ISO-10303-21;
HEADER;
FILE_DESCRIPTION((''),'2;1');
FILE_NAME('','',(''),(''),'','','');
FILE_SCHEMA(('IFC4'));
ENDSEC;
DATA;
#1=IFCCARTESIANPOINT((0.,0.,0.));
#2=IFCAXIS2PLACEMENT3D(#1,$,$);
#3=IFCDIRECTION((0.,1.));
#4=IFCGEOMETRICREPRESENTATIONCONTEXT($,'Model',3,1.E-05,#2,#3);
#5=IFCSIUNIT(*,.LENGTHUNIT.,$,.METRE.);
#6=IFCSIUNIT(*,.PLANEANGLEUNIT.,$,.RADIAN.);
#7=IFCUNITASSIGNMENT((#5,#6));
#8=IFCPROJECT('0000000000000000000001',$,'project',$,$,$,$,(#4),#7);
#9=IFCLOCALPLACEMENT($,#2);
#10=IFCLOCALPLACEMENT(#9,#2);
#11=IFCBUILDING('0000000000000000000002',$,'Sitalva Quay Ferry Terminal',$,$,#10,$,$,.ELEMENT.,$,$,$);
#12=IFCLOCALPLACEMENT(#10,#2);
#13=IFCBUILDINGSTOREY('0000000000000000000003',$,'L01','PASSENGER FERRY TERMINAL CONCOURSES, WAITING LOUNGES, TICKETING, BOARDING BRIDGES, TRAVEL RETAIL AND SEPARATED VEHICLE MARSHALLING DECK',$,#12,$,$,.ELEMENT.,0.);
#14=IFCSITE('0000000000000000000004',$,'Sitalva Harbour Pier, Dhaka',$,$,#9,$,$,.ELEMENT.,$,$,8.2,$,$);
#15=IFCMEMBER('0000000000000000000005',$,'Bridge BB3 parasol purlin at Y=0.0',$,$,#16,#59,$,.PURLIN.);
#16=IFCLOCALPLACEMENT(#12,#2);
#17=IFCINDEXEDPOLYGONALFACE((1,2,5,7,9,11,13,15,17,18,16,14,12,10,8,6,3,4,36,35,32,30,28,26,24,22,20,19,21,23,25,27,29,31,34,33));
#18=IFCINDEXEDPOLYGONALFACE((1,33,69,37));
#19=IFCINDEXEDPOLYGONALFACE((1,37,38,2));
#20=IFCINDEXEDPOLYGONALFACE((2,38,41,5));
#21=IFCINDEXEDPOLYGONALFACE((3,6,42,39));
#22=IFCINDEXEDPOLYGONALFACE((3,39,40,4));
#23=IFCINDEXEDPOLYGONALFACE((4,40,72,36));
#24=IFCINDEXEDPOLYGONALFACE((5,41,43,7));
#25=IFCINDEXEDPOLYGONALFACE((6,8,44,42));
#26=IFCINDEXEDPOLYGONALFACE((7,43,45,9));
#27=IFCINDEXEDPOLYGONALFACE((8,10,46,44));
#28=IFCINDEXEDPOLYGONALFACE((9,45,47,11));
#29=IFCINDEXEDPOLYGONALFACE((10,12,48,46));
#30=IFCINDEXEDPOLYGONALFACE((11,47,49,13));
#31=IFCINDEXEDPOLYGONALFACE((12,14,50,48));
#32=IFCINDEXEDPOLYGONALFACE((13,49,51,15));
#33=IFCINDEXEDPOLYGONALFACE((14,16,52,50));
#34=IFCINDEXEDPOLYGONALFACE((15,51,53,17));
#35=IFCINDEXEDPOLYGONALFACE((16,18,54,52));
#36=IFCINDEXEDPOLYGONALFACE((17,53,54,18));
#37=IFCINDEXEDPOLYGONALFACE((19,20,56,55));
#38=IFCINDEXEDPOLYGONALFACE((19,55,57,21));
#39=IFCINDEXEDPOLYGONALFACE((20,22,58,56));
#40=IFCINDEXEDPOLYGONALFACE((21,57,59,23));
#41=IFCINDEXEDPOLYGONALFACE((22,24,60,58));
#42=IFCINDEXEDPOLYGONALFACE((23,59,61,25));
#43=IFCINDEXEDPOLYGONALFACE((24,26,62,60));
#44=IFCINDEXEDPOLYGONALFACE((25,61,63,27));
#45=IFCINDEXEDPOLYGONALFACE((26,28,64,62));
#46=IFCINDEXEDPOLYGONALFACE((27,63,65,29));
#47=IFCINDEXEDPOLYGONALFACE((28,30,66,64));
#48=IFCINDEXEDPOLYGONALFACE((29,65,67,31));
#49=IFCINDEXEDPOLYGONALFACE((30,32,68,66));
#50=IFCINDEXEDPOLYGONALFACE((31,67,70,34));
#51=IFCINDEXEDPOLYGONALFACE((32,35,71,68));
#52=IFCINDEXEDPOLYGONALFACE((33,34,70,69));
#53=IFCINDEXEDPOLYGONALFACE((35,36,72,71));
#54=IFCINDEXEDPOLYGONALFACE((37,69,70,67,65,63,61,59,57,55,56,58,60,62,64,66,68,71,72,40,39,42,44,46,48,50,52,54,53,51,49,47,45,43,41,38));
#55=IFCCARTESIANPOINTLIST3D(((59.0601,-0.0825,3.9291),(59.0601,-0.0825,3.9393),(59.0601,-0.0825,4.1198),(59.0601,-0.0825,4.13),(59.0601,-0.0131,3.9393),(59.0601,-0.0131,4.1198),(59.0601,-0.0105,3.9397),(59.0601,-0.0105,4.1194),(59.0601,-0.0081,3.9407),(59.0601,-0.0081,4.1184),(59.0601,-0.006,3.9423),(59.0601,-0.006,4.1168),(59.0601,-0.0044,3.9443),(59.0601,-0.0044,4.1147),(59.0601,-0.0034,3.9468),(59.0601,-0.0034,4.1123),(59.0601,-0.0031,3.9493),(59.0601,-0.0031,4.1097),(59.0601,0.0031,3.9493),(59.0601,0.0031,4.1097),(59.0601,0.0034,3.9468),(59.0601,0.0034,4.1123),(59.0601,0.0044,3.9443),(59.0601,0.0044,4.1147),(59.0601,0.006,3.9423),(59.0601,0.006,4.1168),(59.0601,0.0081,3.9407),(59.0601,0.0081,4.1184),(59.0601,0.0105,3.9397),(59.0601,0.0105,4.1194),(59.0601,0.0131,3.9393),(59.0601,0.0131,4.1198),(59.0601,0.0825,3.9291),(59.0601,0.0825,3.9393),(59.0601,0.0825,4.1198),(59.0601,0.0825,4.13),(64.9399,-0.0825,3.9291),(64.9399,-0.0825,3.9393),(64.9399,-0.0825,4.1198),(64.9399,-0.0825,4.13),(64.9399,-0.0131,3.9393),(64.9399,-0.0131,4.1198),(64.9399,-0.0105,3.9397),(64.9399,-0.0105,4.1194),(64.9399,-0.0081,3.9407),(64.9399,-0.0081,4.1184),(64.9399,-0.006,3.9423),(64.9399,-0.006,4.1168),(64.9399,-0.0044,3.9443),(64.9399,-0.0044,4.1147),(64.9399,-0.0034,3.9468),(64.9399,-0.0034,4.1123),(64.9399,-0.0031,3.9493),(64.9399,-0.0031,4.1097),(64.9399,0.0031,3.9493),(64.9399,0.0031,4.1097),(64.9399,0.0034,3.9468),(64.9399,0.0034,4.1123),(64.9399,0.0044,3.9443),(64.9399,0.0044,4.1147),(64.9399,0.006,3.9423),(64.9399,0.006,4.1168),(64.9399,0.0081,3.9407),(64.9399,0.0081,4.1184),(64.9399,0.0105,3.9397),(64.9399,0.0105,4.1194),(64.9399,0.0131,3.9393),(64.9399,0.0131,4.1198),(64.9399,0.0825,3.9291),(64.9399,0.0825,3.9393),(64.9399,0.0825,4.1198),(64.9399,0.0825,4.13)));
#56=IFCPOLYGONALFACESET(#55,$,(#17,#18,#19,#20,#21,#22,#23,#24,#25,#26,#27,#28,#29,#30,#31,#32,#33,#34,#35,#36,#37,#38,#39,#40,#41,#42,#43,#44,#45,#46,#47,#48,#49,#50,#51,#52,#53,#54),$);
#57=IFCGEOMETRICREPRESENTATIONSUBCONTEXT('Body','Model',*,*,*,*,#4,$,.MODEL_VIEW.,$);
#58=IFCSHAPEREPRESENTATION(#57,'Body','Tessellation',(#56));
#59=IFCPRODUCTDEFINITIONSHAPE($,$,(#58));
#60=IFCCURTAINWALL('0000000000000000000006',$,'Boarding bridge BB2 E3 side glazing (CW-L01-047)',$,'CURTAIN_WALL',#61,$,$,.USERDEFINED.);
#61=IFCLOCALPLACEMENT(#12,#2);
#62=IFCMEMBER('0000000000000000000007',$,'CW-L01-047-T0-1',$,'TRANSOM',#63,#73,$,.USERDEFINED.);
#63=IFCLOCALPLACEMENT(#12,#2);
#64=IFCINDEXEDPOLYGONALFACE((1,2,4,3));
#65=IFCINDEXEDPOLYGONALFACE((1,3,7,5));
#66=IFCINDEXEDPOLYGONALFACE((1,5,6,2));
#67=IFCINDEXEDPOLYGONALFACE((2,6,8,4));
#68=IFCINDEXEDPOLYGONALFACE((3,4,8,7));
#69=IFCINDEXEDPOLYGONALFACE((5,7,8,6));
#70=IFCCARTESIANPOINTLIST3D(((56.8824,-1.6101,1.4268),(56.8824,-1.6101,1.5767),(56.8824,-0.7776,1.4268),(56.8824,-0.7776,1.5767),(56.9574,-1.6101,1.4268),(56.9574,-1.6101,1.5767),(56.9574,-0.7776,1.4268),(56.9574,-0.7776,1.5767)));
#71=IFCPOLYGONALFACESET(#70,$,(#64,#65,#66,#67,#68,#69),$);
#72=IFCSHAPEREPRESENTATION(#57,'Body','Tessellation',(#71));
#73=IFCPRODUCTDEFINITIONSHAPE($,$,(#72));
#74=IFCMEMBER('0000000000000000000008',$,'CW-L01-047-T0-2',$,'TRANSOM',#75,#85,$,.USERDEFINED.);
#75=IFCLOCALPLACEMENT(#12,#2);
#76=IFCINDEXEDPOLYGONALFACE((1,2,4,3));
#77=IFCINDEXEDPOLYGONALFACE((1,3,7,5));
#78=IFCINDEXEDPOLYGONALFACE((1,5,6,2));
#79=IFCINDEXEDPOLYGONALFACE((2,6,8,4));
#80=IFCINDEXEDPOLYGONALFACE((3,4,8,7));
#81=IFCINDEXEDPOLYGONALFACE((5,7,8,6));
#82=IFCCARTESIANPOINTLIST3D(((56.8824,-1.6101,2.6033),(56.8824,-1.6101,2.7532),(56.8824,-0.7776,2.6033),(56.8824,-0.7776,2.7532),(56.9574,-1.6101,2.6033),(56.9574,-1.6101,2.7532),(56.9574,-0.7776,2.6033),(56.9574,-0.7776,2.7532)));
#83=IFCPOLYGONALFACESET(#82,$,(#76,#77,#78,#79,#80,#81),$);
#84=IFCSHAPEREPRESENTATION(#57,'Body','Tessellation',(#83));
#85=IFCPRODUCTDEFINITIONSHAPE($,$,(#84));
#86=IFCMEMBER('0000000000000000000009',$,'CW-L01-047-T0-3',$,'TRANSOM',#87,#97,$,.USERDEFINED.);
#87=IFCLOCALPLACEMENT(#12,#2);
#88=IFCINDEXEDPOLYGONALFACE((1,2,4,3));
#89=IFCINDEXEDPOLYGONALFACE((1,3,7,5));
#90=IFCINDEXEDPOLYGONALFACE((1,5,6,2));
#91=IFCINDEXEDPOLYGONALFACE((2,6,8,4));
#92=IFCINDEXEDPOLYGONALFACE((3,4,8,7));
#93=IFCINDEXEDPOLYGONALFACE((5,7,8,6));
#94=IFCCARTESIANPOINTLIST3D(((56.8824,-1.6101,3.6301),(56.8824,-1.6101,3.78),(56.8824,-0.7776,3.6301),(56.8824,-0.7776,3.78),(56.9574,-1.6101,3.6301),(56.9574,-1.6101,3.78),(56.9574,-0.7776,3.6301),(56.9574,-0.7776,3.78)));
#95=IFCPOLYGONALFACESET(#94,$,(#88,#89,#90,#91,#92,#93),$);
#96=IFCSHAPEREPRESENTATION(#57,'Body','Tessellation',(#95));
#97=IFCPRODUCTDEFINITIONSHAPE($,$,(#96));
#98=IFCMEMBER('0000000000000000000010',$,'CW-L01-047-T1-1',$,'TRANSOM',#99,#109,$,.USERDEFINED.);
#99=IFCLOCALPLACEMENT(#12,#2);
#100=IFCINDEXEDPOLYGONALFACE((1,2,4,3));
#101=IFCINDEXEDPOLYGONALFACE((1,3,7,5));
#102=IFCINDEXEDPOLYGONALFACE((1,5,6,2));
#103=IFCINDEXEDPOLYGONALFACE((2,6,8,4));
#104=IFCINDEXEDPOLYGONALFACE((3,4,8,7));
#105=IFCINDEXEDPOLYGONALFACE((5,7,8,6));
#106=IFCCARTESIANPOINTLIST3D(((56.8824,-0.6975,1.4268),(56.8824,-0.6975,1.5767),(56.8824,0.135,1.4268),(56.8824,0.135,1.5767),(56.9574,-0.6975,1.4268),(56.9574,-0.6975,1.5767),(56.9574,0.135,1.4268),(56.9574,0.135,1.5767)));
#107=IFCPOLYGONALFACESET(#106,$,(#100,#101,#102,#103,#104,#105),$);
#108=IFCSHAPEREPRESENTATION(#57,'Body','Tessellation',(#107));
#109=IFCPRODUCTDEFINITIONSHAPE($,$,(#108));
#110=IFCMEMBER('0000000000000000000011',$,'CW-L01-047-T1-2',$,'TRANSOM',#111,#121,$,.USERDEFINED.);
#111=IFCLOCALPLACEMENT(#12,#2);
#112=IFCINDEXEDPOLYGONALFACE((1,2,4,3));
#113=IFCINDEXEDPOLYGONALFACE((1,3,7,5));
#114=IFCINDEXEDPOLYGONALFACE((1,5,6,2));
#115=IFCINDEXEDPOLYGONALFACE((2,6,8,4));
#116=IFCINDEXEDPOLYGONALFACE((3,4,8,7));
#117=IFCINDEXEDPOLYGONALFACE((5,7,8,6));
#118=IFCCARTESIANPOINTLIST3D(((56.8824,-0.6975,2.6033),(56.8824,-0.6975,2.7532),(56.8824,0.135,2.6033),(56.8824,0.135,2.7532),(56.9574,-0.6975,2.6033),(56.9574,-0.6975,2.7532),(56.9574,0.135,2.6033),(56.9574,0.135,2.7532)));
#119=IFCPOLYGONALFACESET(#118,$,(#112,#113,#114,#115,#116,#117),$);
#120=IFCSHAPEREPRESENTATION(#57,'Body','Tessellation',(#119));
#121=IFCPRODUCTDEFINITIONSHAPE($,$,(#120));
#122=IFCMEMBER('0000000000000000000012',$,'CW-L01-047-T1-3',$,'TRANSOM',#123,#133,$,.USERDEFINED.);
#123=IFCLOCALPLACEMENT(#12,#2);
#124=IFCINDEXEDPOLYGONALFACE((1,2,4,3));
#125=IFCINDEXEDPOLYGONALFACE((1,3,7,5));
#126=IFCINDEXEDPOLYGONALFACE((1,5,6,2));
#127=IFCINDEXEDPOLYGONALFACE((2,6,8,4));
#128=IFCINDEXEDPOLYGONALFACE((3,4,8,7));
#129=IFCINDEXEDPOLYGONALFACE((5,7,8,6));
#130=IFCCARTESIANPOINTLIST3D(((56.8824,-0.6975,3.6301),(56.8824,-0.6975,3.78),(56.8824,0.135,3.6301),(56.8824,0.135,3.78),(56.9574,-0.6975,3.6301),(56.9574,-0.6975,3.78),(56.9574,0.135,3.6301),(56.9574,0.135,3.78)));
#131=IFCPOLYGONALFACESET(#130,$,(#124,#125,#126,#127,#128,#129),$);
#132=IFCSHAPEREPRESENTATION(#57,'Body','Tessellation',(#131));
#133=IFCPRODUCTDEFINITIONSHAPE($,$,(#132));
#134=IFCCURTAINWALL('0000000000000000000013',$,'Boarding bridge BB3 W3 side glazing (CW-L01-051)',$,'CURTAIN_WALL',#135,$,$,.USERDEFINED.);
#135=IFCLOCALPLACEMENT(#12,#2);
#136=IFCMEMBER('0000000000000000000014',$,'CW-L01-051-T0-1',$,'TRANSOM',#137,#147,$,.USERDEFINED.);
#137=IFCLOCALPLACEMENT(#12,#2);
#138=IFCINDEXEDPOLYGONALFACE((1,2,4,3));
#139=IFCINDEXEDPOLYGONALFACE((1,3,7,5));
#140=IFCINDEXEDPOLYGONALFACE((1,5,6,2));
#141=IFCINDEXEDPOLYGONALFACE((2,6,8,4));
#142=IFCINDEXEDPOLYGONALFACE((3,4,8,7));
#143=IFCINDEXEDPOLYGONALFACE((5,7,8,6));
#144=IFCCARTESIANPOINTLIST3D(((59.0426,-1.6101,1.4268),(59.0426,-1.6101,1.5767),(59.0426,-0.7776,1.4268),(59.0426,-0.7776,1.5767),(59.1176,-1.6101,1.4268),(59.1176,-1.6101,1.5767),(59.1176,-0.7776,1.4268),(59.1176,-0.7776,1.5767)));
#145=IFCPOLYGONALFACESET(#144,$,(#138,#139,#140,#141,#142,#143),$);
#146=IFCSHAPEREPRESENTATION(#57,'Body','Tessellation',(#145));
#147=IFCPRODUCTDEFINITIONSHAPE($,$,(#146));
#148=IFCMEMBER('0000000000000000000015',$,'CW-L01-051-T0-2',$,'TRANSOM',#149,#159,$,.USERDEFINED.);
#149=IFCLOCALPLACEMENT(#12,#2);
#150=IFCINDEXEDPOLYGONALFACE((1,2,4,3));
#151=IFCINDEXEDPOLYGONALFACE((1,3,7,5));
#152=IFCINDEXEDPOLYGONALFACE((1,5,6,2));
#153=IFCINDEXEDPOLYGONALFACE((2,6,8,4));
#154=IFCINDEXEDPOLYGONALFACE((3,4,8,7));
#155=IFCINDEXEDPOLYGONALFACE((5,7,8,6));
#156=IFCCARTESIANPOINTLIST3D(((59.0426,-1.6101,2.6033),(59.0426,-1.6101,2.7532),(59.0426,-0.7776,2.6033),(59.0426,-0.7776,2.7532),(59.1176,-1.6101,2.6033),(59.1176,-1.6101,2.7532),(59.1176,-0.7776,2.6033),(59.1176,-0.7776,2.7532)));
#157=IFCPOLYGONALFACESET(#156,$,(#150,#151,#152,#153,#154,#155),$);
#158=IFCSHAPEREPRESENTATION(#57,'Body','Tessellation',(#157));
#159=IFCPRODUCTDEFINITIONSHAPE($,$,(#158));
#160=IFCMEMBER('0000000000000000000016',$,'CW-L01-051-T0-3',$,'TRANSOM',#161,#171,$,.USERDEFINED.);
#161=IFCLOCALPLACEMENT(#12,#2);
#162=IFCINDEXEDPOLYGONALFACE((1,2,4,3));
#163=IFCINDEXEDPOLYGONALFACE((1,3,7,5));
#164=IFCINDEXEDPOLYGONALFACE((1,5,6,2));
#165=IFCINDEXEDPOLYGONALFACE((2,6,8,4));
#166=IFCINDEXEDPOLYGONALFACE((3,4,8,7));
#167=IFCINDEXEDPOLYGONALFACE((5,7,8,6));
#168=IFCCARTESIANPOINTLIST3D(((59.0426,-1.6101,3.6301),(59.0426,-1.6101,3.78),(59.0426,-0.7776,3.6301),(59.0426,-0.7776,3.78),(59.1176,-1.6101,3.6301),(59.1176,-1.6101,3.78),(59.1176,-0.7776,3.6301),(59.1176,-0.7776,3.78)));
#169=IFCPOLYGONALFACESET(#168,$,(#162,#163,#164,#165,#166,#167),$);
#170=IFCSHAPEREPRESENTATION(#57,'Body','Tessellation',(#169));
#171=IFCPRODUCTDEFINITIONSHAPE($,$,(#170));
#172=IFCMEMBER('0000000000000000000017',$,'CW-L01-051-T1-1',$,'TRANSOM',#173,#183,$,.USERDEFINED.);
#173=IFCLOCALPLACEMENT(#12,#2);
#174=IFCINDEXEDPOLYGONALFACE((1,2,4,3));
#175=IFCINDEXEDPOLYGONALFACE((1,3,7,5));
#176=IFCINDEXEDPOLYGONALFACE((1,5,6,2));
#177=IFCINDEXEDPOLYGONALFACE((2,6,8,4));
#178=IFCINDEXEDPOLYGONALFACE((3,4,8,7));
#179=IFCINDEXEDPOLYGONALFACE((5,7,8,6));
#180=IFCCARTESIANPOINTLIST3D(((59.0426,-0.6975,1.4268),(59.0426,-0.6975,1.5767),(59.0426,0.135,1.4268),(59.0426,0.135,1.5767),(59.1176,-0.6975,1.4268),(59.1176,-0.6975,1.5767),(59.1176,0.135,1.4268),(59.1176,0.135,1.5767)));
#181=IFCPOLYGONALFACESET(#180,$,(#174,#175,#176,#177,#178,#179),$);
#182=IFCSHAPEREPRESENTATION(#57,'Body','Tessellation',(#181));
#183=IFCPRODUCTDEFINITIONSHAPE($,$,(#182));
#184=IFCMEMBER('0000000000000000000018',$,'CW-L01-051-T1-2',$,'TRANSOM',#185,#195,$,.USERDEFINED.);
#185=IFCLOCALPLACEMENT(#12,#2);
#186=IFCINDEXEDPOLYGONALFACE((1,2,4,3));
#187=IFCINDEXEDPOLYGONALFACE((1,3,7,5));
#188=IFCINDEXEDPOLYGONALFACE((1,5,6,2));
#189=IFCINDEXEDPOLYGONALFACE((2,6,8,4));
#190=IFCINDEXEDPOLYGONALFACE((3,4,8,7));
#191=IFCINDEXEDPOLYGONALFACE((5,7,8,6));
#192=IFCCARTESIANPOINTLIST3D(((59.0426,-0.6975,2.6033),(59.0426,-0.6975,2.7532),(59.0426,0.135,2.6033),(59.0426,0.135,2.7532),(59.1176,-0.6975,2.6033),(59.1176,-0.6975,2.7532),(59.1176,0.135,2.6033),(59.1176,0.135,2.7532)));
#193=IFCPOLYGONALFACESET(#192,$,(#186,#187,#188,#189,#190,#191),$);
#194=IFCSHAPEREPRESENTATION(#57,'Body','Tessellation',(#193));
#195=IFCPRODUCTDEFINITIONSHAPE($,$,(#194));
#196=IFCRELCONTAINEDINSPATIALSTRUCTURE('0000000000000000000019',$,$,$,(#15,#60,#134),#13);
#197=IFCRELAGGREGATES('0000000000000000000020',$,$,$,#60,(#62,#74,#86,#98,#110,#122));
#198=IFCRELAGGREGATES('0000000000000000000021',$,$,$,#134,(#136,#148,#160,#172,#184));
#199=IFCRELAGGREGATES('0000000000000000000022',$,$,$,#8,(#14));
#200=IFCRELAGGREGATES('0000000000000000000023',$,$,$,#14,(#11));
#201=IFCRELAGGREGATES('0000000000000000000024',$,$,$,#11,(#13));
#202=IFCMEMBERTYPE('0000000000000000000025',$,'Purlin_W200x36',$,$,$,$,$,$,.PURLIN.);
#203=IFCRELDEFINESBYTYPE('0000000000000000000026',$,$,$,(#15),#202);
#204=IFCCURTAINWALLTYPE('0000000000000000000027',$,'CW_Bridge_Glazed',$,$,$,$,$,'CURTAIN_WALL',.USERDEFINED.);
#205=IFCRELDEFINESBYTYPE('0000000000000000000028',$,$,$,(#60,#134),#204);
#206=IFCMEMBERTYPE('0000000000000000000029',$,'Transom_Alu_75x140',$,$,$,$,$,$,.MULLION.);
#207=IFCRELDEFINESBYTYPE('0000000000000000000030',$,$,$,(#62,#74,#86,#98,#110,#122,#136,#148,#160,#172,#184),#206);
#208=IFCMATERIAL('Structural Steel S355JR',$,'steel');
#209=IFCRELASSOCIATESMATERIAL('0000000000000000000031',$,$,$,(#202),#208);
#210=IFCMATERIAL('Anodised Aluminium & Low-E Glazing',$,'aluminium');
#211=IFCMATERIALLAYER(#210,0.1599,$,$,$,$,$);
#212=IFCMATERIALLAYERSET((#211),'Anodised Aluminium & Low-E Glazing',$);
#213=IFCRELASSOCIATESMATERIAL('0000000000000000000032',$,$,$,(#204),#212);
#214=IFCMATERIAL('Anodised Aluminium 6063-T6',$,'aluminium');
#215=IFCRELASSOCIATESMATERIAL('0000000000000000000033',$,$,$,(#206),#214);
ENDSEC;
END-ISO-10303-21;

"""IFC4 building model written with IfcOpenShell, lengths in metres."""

from ifc_helpers import new_model, si_unit, direction, frame, origin, origin_2d, place, context, subcontext, project, spatial, rectangle, i_section, extrude, material, layer, layer_set, material_profile, profile_set, type_object, element, aggregate, save


model = new_model("IFC4")

# Units and contexts
model_context = context("Model", 3, precision=1e-05, world=origin(), true_north=direction((0.0, 1.0)))
body_context = subcontext(model_context, "Body", "Model", "MODEL_VIEW")
ifc_project = project(units=[si_unit("LENGTHUNIT", "METRE"), si_unit("PLANEANGLEUNIT", "RADIAN")], contexts=[model_context])

# Site, building, storey
site_placement = place(None, origin())
site = spatial("IfcSite", under=ifc_project, at=site_placement, Name="Sitalva Harbour Pier, Dhaka", CompositionType="ELEMENT", RefElevation=8.2)
building_placement = place(site_placement, origin())
building = spatial("IfcBuilding", under=site, at=building_placement, Name="Sitalva Quay Ferry Terminal", CompositionType="ELEMENT")
storey_placement = place(building_placement, origin())
storey = spatial("IfcBuildingStorey", under=building, at=storey_placement, Name="L01", Description="PASSENGER FERRY TERMINAL CONCOURSES, WAITING LOUNGES, TICKETING, BOARDING BRIDGES, TRAVEL RETAIL AND SEPARATED VEHICLE MARSHALLING DECK", CompositionType="ELEMENT", Elevation=0.0)

# Member
ifc_material_1 = material(Name="Structural Steel S355JR", Category="steel")
ifc_material_profile_1 = material_profile(ifc_material_1, i_section(OverallWidth=0.165, OverallDepth=0.2009, WebThickness=0.0061, FlangeThickness=0.0103, FilletRadius=0.01, at=origin_2d()), Name="W200x36")
ifc_profile_set_1 = profile_set([ifc_material_profile_1], Name="Structural Steel S355JR")
member_type_1 = type_object("IfcMemberType", Name="Purlin_W200x36", PredefinedType="PURLIN", material=ifc_profile_set_1)
member_1_placement = place(storey_placement, frame((59.0601, 0.0, 4.0295), z_axis=(1.0, 0.0, 0.0), x_axis=(0.0, 1.0, 0.0)))
element("IfcMember", 1, at=member_1_placement, inside=storey, type_object=member_type_1, Name="Bridge BB3 parasol purlin at Y=0.0", PredefinedType="PURLIN", context=body_context, shape_type="SweptSolid", body=[
    extrude(i_section(OverallWidth=0.165, OverallDepth=0.2009, WebThickness=0.0061, FlangeThickness=0.0103, FilletRadius=0.01, at=origin_2d()), origin(), (0.0, 0.0, 1.0), 5.8799),
])

# Curtain walls, members
ifc_material_2 = material(Name="Anodised Aluminium & Low-E Glazing", Category="aluminium")
ifc_layer_1 = layer(ifc_material_2, 0.1599)
ifc_layer_set_1 = layer_set([ifc_layer_1], Name="Anodised Aluminium & Low-E Glazing")
curtain_wall_type = type_object("IfcCurtainWallType", Name="CW_Bridge_Glazed", ElementType="CURTAIN_WALL", PredefinedType="USERDEFINED", material=ifc_layer_set_1)
curtain_wall_1_placement = place(storey_placement, origin())
curtain_wall_1 = element("IfcCurtainWall", 2, at=curtain_wall_1_placement, inside=storey, type_object=curtain_wall_type, Name="Boarding bridge BB2 E3 side glazing (CW-L01-047)", ObjectType="CURTAIN_WALL", PredefinedType="USERDEFINED")
ifc_material_3 = material(Name="Anodised Aluminium 6063-T6", Category="aluminium")
ifc_material_profile_2 = material_profile(ifc_material_3, rectangle(XDim=0.075, YDim=0.1499, at=origin_2d()), Name="ALU75x150")
ifc_profile_set_2 = profile_set([ifc_material_profile_2], Name="Anodised Aluminium 6063-T6")
member_type_2 = type_object("IfcMemberType", Name="Transom_Alu_75x140", PredefinedType="MULLION", material=ifc_profile_set_2)
member_2_placement = place(storey_placement, frame((56.9199, -1.6101, 1.5017), z_axis=(0.0, 1.0, 0.0), x_axis=(-1.0, 0.0, 0.0)))
member_2 = element("IfcMember", 3, at=member_2_placement, type_object=member_type_2, Name="CW-L01-047-T0-1", ObjectType="TRANSOM", PredefinedType="USERDEFINED", context=body_context, shape_type="SweptSolid", body=[
    extrude(rectangle(XDim=0.075, YDim=0.1499, at=origin_2d()), origin(), (0.0, 0.0, 1.0), 0.8325),
])
member_3_placement = place(storey_placement, frame((56.9199, -1.6101, 2.6782), z_axis=(0.0, 1.0, 0.0), x_axis=(-1.0, 0.0, 0.0)))
member_3 = element("IfcMember", 4, at=member_3_placement, type_object=member_type_2, Name="CW-L01-047-T0-2", ObjectType="TRANSOM", PredefinedType="USERDEFINED", context=body_context, shape_type="SweptSolid", body=[
    extrude(rectangle(XDim=0.075, YDim=0.1499, at=origin_2d()), origin(), (0.0, 0.0, 1.0), 0.8325),
])
member_4_placement = place(storey_placement, frame((56.9199, -1.6101, 3.7051), z_axis=(0.0, 1.0, 0.0), x_axis=(-1.0, 0.0, 0.0)))
member_4 = element("IfcMember", 5, at=member_4_placement, type_object=member_type_2, Name="CW-L01-047-T0-3", ObjectType="TRANSOM", PredefinedType="USERDEFINED", context=body_context, shape_type="SweptSolid", body=[
    extrude(rectangle(XDim=0.075, YDim=0.1499, at=origin_2d()), origin(), (0.0, 0.0, 1.0), 0.8325),
])
member_5_placement = place(storey_placement, frame((56.9199, -0.6975, 1.5017), z_axis=(0.0, 1.0, 0.0), x_axis=(-1.0, 0.0, 0.0)))
member_5 = element("IfcMember", 6, at=member_5_placement, type_object=member_type_2, Name="CW-L01-047-T1-1", ObjectType="TRANSOM", PredefinedType="USERDEFINED", context=body_context, shape_type="SweptSolid", body=[
    extrude(rectangle(XDim=0.075, YDim=0.1499, at=origin_2d()), origin(), (0.0, 0.0, 1.0), 0.8325),
])
member_6_placement = place(storey_placement, frame((56.9199, -0.6975, 2.6782), z_axis=(0.0, 1.0, 0.0), x_axis=(-1.0, 0.0, 0.0)))
member_6 = element("IfcMember", 7, at=member_6_placement, type_object=member_type_2, Name="CW-L01-047-T1-2", ObjectType="TRANSOM", PredefinedType="USERDEFINED", context=body_context, shape_type="SweptSolid", body=[
    extrude(rectangle(XDim=0.075, YDim=0.1499, at=origin_2d()), origin(), (0.0, 0.0, 1.0), 0.8325),
])
member_7_placement = place(storey_placement, frame((56.9199, -0.6975, 3.7051), z_axis=(0.0, 1.0, 0.0), x_axis=(-1.0, 0.0, 0.0)))
member_7 = element("IfcMember", 8, at=member_7_placement, type_object=member_type_2, Name="CW-L01-047-T1-3", ObjectType="TRANSOM", PredefinedType="USERDEFINED", context=body_context, shape_type="SweptSolid", body=[
    extrude(rectangle(XDim=0.075, YDim=0.1499, at=origin_2d()), origin(), (0.0, 0.0, 1.0), 0.8325),
])
curtain_wall_2_placement = place(storey_placement, origin())
curtain_wall_2 = element("IfcCurtainWall", 9, at=curtain_wall_2_placement, inside=storey, type_object=curtain_wall_type, Name="Boarding bridge BB3 W3 side glazing (CW-L01-051)", ObjectType="CURTAIN_WALL", PredefinedType="USERDEFINED")
member_8_placement = place(storey_placement, frame((59.0801, -1.6101, 1.5017), z_axis=(0.0, 1.0, 0.0), x_axis=(-1.0, 0.0, 0.0)))
member_8 = element("IfcMember", 10, at=member_8_placement, type_object=member_type_2, Name="CW-L01-051-T0-1", ObjectType="TRANSOM", PredefinedType="USERDEFINED", context=body_context, shape_type="SweptSolid", body=[
    extrude(rectangle(XDim=0.075, YDim=0.1499, at=origin_2d()), origin(), (0.0, 0.0, 1.0), 0.8325),
])
member_9_placement = place(storey_placement, frame((59.0801, -1.6101, 2.6782), z_axis=(0.0, 1.0, 0.0), x_axis=(-1.0, 0.0, 0.0)))
member_9 = element("IfcMember", 11, at=member_9_placement, type_object=member_type_2, Name="CW-L01-051-T0-2", ObjectType="TRANSOM", PredefinedType="USERDEFINED", context=body_context, shape_type="SweptSolid", body=[
    extrude(rectangle(XDim=0.075, YDim=0.1499, at=origin_2d()), origin(), (0.0, 0.0, 1.0), 0.8325),
])
member_10_placement = place(storey_placement, frame((59.0801, -1.6101, 3.7051), z_axis=(0.0, 1.0, 0.0), x_axis=(-1.0, 0.0, 0.0)))
member_10 = element("IfcMember", 12, at=member_10_placement, type_object=member_type_2, Name="CW-L01-051-T0-3", ObjectType="TRANSOM", PredefinedType="USERDEFINED", context=body_context, shape_type="SweptSolid", body=[
    extrude(rectangle(XDim=0.075, YDim=0.1499, at=origin_2d()), origin(), (0.0, 0.0, 1.0), 0.8325),
])
member_11_placement = place(storey_placement, frame((59.0801, -0.6975, 1.5017), z_axis=(0.0, 1.0, 0.0), x_axis=(-1.0, 0.0, 0.0)))
member_11 = element("IfcMember", 13, at=member_11_placement, type_object=member_type_2, Name="CW-L01-051-T1-1", ObjectType="TRANSOM", PredefinedType="USERDEFINED", context=body_context, shape_type="SweptSolid", body=[
    extrude(rectangle(XDim=0.075, YDim=0.1499, at=origin_2d()), origin(), (0.0, 0.0, 1.0), 0.8325),
])
member_12_placement = place(storey_placement, frame((59.0801, -0.6975, 2.6782), z_axis=(0.0, 1.0, 0.0), x_axis=(-1.0, 0.0, 0.0)))
member_12 = element("IfcMember", 14, at=member_12_placement, type_object=member_type_2, Name="CW-L01-051-T1-2", ObjectType="TRANSOM", PredefinedType="USERDEFINED", context=body_context, shape_type="SweptSolid", body=[
    extrude(rectangle(XDim=0.075, YDim=0.1499, at=origin_2d()), origin(), (0.0, 0.0, 1.0), 0.8325),
])

aggregate(curtain_wall_1, [member_2, member_3, member_4, member_5, member_6, member_7])
aggregate(curtain_wall_2, [member_8, member_9, member_10, member_11, member_12])

save(model, "model.ifc")
